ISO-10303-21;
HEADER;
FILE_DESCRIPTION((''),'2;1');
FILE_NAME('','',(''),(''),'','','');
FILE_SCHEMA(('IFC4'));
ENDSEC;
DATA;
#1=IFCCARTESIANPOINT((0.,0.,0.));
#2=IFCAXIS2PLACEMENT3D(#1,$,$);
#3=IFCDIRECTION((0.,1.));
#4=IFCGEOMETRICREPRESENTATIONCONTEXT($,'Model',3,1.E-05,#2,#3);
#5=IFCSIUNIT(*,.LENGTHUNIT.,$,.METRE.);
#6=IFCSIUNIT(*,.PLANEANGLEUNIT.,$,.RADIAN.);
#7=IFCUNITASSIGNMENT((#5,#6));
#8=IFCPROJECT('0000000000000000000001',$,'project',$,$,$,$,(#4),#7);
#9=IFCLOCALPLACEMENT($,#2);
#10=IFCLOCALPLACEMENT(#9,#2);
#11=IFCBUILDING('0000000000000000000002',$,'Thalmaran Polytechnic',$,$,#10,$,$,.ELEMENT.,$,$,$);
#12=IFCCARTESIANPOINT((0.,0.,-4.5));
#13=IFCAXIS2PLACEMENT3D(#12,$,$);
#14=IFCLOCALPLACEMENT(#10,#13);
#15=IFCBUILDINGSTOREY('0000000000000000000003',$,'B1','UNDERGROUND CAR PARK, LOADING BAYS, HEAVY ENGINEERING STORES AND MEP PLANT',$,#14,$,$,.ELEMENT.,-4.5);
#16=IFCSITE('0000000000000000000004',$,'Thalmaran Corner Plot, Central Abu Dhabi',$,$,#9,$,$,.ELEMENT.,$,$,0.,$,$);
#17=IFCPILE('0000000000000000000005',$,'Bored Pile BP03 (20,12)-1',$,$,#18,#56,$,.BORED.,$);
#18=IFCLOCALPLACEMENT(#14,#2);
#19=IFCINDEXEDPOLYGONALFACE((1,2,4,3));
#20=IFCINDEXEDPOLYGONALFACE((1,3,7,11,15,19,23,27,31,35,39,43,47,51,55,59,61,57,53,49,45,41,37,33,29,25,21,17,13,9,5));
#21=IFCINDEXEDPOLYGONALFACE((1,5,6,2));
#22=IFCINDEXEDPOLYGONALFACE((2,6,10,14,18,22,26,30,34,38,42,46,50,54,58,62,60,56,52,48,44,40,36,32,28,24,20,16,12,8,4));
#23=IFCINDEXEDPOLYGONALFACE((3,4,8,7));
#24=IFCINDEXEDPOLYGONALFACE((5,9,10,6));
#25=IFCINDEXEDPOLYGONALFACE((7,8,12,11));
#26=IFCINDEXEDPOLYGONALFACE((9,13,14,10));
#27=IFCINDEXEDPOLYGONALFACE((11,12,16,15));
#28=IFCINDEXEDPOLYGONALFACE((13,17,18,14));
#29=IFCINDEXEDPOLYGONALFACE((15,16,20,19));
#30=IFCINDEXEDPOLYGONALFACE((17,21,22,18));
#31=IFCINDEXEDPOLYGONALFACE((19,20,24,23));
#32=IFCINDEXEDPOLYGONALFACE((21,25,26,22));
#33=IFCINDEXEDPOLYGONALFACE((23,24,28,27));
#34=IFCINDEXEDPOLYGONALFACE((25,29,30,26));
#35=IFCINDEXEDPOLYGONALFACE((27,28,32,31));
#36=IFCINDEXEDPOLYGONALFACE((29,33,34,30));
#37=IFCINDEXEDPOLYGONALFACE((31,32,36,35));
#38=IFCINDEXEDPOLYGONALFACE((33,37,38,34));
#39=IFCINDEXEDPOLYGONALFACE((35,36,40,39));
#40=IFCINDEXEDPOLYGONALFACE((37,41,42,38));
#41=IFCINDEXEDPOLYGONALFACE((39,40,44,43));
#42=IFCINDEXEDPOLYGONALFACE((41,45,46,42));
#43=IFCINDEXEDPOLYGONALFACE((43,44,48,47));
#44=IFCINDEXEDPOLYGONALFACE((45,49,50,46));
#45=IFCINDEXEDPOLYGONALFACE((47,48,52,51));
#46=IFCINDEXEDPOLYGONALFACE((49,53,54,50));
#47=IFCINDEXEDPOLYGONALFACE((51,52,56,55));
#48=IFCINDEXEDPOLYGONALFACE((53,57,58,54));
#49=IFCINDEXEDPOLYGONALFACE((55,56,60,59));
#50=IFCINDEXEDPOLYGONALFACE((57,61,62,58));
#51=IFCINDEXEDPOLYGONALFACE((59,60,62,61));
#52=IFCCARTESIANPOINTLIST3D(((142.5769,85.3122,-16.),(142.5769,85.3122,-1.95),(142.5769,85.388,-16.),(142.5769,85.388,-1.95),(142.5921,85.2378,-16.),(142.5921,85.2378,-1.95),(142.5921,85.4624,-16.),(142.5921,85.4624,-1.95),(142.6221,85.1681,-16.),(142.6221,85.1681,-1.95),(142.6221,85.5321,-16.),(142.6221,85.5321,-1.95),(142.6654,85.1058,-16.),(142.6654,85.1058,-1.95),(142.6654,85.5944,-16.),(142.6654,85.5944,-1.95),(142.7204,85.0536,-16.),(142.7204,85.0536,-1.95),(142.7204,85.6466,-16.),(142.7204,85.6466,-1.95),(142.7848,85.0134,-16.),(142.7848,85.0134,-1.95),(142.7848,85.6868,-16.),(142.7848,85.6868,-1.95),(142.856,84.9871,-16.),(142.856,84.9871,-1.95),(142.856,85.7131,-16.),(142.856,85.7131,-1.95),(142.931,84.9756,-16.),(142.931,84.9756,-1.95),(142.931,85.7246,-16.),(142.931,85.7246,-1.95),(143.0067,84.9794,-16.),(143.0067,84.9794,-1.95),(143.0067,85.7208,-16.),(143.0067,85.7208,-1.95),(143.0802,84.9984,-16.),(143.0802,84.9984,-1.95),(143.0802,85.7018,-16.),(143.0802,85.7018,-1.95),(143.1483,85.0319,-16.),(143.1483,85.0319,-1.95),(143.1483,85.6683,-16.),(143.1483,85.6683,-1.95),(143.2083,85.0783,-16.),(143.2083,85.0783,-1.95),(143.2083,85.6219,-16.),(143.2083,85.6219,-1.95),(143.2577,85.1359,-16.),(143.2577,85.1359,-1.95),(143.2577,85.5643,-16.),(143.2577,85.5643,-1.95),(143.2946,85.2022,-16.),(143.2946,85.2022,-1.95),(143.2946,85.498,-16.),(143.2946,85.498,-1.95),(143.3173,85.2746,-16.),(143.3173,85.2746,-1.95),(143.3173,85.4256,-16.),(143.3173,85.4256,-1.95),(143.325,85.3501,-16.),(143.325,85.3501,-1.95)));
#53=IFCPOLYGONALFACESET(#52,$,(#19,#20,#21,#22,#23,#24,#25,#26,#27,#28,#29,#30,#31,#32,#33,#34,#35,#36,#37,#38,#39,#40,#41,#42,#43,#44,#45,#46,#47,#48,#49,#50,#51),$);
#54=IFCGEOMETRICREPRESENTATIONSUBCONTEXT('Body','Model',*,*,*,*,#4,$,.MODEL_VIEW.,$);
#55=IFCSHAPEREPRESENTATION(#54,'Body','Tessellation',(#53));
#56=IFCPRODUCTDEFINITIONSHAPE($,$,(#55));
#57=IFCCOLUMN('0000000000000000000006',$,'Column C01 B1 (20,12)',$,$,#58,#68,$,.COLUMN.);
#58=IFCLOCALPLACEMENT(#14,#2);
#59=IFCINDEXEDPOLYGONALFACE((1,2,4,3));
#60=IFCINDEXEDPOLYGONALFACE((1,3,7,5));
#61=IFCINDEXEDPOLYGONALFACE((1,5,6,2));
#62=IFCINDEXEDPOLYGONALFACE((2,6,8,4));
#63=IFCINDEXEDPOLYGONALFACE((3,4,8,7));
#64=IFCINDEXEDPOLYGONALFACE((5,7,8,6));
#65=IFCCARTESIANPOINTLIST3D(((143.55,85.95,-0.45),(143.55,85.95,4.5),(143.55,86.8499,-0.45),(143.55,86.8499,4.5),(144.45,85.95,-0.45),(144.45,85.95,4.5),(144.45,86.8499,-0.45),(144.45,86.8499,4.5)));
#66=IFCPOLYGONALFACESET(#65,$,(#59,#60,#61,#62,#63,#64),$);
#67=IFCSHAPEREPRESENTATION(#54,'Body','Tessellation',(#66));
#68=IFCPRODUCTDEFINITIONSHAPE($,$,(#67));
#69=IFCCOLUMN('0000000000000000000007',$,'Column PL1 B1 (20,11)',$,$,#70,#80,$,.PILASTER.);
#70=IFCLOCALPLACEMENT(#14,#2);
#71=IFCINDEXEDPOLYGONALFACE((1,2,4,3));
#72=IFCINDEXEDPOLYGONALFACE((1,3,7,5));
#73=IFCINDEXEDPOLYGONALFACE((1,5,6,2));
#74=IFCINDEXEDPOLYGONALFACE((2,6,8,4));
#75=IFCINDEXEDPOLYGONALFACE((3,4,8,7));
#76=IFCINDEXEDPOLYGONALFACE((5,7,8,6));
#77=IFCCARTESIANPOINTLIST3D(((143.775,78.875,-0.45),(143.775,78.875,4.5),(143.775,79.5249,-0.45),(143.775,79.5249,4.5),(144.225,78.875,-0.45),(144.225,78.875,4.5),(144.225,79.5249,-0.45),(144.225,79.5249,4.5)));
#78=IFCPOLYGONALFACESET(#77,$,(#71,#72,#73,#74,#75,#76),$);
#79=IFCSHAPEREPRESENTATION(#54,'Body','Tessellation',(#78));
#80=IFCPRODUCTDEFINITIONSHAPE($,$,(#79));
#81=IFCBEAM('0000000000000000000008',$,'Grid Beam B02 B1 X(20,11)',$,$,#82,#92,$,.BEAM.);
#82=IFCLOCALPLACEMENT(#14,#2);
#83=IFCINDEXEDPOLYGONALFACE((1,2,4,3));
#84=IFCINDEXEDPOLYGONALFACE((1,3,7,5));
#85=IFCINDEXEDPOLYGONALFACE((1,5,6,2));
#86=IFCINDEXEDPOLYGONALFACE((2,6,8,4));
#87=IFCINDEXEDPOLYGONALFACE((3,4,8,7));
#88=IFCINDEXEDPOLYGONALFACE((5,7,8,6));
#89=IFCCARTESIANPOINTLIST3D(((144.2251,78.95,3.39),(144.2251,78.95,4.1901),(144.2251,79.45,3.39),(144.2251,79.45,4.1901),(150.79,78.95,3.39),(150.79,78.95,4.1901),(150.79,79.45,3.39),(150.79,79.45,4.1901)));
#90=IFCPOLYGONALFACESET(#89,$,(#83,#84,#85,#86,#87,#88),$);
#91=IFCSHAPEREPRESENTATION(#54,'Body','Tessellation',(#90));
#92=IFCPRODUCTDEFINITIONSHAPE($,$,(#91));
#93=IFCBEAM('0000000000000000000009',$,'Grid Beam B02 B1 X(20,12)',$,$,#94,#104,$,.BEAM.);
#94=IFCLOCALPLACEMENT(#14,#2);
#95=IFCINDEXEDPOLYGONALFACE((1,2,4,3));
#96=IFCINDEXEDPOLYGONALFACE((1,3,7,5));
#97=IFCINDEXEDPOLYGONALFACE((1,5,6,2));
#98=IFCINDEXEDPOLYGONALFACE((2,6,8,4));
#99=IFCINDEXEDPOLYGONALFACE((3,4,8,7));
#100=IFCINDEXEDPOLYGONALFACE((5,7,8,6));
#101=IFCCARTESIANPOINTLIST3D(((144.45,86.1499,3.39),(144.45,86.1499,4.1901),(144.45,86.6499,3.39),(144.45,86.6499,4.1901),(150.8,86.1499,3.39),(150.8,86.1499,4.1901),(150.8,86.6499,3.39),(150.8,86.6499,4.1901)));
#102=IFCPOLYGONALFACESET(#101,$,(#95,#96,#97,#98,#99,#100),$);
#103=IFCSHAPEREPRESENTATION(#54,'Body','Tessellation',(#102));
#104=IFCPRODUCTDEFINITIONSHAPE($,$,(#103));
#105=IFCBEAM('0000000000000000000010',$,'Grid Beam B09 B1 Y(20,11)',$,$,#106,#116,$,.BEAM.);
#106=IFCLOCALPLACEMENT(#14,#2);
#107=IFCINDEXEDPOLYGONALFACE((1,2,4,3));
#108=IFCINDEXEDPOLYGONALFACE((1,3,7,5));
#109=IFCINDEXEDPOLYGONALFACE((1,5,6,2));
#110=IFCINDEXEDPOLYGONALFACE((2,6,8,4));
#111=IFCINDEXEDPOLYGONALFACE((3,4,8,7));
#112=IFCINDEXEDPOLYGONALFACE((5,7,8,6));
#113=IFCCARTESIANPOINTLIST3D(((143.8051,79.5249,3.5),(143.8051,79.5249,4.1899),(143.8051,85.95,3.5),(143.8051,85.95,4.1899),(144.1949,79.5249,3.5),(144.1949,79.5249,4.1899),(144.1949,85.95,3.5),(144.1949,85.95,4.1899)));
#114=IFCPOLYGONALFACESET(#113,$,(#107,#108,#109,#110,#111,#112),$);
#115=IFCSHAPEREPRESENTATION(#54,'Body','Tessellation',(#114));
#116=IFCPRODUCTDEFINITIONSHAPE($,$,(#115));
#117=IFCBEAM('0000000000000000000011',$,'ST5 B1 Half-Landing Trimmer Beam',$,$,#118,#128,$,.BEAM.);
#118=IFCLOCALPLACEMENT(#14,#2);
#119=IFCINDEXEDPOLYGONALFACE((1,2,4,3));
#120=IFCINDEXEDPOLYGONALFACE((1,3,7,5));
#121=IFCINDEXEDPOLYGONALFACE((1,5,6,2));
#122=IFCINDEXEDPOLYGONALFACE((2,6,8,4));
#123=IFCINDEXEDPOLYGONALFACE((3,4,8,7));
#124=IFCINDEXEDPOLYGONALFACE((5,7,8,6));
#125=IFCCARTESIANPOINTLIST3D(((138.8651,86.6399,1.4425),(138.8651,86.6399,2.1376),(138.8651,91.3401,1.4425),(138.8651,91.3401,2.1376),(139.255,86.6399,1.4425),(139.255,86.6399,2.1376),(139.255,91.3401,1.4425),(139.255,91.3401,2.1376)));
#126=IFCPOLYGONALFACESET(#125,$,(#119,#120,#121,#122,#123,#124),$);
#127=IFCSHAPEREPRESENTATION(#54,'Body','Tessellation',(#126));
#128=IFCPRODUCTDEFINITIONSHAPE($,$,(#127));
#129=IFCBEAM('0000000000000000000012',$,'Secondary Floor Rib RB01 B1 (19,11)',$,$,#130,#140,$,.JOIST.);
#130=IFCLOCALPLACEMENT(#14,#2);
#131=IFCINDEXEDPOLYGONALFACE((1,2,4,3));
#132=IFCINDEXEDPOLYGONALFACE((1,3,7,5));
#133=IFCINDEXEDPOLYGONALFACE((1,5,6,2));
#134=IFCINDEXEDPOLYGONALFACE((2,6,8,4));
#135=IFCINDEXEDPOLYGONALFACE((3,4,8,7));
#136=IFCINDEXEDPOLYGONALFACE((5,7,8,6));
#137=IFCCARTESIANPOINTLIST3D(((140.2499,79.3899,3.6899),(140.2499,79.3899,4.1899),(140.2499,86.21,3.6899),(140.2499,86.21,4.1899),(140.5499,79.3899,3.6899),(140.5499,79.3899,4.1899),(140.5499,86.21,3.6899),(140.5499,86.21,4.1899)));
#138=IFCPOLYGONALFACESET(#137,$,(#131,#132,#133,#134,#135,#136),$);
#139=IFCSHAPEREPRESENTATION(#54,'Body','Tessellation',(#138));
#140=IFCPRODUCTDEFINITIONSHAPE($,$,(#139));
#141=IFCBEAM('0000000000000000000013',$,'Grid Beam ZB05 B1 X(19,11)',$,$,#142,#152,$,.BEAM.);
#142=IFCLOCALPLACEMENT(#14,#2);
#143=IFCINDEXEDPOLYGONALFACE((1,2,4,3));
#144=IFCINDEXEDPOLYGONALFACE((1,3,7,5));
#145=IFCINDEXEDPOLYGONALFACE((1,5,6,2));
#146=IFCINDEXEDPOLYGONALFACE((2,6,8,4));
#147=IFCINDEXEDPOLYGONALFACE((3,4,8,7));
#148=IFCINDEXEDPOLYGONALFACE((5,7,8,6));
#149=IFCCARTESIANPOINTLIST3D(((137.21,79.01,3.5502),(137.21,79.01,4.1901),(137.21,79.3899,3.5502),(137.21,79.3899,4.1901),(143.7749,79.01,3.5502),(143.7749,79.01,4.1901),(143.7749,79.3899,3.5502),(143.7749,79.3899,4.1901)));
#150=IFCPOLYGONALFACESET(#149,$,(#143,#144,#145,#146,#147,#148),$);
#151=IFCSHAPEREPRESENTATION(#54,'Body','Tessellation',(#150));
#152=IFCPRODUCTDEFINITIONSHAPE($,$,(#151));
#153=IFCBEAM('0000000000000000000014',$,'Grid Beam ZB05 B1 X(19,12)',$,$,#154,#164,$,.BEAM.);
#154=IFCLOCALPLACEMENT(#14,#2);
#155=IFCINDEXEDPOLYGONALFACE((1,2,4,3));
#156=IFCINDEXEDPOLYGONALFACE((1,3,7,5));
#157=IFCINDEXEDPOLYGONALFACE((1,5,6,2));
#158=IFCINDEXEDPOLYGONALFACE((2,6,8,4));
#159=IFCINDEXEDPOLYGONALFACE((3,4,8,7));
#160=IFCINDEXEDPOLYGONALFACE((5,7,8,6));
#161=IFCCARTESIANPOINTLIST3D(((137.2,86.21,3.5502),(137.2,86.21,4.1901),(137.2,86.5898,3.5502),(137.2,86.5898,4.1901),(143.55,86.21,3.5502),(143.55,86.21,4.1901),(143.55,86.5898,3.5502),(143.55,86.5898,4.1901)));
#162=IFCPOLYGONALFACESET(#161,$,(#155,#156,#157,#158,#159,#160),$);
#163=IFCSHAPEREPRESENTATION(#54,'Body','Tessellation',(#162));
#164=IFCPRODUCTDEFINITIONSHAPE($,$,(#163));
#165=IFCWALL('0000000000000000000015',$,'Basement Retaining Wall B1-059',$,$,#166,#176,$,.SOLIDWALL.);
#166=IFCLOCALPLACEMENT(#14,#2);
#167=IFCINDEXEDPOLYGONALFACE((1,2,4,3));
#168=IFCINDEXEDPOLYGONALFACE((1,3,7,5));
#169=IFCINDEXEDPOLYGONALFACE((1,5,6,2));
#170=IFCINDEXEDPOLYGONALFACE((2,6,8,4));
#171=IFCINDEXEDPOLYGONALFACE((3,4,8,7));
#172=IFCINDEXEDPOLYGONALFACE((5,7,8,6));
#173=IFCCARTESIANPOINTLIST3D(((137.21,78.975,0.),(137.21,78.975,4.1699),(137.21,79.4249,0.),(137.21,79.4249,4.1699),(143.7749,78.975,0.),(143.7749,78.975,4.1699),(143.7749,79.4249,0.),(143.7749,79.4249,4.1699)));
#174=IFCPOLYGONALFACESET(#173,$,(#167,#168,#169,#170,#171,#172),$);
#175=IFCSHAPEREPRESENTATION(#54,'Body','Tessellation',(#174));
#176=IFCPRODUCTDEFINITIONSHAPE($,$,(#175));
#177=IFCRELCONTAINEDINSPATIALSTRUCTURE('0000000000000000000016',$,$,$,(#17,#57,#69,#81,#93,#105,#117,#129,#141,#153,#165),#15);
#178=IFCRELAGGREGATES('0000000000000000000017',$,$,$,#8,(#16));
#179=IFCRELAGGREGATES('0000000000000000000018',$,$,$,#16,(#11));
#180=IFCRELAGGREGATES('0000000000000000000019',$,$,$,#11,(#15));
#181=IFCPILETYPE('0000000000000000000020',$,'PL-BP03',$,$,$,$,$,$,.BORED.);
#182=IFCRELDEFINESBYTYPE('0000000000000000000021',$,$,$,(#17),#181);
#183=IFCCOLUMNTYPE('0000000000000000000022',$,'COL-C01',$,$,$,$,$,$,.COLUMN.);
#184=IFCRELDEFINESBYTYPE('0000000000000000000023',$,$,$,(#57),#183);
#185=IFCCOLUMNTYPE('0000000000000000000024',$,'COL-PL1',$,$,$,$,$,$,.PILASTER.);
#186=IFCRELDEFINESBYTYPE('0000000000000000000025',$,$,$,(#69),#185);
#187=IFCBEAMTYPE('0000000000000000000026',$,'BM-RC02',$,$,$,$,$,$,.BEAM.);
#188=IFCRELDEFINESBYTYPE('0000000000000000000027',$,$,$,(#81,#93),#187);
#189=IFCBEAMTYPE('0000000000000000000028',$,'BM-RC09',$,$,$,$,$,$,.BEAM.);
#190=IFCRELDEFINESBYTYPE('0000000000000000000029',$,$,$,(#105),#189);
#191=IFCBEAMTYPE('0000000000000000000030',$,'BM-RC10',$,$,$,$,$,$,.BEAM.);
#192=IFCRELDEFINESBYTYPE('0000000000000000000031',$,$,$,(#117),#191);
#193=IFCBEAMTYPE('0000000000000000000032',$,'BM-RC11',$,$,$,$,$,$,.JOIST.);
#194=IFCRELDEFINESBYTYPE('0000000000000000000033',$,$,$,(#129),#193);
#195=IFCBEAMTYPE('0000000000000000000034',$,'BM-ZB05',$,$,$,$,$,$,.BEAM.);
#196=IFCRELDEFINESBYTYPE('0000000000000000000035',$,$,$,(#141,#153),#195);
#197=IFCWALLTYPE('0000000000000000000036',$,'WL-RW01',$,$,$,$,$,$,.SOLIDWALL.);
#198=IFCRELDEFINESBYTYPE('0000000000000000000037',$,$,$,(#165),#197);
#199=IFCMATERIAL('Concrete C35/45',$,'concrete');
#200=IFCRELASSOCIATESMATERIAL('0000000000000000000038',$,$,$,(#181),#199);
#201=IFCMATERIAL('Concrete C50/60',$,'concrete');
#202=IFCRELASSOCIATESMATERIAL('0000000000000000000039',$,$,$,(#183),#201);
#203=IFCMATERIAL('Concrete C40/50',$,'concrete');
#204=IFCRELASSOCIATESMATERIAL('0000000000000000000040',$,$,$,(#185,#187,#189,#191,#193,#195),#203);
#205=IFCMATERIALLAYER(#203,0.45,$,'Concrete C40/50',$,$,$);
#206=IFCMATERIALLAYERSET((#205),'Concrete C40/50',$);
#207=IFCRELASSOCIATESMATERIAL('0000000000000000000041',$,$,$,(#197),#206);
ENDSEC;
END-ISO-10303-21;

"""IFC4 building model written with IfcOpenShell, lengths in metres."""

from ifc_helpers import new_model, si_unit, direction, frame, frame_2d, origin, origin_2d, place, context, subcontext, project, spatial, rectangle, circle, extrude, material, layer, layer_set, material_profile, profile_set, type_object, element, save


model = new_model("IFC4")

# Units and contexts
model_context = context("Model", 3, precision=1e-05, world=origin(), true_north=direction((0.0, 1.0)))
body_context = subcontext(model_context, "Body", "Model", "MODEL_VIEW")
ifc_project = project(units=[si_unit("LENGTHUNIT", "METRE"), si_unit("PLANEANGLEUNIT", "RADIAN")], contexts=[model_context])

# Site, building, storey
site_placement = place(None, origin())
site = spatial("IfcSite", under=ifc_project, at=site_placement, Name="Thalmaran Corner Plot, Central Abu Dhabi", CompositionType="ELEMENT", RefElevation=0.0)
building_placement = place(site_placement, origin())
building = spatial("IfcBuilding", under=site, at=building_placement, Name="Thalmaran Polytechnic", CompositionType="ELEMENT")
storey_placement = place(building_placement, frame((0.0, 0.0, -4.5)))
storey = spatial("IfcBuildingStorey", under=building, at=storey_placement, Name="B1", Description="UNDERGROUND CAR PARK, LOADING BAYS, HEAVY ENGINEERING STORES AND MEP PLANT", CompositionType="ELEMENT", Elevation=-4.5)

# Shared definitions
ifc_material_1 = material(Name="Concrete C40/50", Category="concrete")

# Pile
ifc_material_2 = material(Name="Concrete C35/45", Category="concrete")
ifc_material_profile_1 = material_profile(ifc_material_2, circle(Radius=0.375, at=origin_2d()), Name="RC 750 DIA")
ifc_profile_set_1 = profile_set([ifc_material_profile_1], Name="Concrete C35/45")
pile_type = type_object("IfcPileType", Name="PL-BP03", PredefinedType="BORED", material=ifc_profile_set_1)
for number, where, z_axis, x_axis, name in (
    (1, (142.95, 85.3501, -1.95), (0.0, 0.0, -1.0), (1.0, 0.0, 0.0), "Bored Pile BP03 (20,12)-1"),
):
    element("IfcPile", number, at=place(storey_placement, frame(where, z_axis=z_axis, x_axis=x_axis)), inside=storey, type_object=pile_type, Name=name, PredefinedType="BORED", context=body_context, shape_type="SweptSolid", body=[
        extrude(circle(Radius=0.375, at=origin_2d()), origin(), (0.0, 0.0, 1.0), 14.05),
    ])

# Columns
ifc_material_3 = material(Name="Concrete C50/60", Category="concrete")
ifc_material_profile_2 = material_profile(ifc_material_3, rectangle(XDim=0.8999, YDim=0.8999, at=origin_2d()), Name="RC 900x900")
ifc_profile_set_2 = profile_set([ifc_material_profile_2], Name="Concrete C50/60")
column_type_1 = type_object("IfcColumnType", Name="COL-C01", PredefinedType="COLUMN", material=ifc_profile_set_2)
column_1_placement = place(storey_placement, frame((144.0, 86.3999, -0.45), z_axis=(0.0, 0.0, 1.0), x_axis=(1.0, 0.0, 0.0)))
element("IfcColumn", 2, at=column_1_placement, inside=storey, type_object=column_type_1, Name="Column C01 B1 (20,12)", PredefinedType="COLUMN", context=body_context, shape_type="SweptSolid", body=[
    extrude(rectangle(XDim=0.8999, YDim=0.8999, at=origin_2d()), origin(), (0.0, 0.0, 1.0), 4.95),
])
ifc_material_profile_3 = material_profile(ifc_material_1, rectangle(XDim=0.45, YDim=0.6499, at=origin_2d()), Name="RC 450x650")
ifc_profile_set_3 = profile_set([ifc_material_profile_3], Name="Concrete C40/50")
column_type_2 = type_object("IfcColumnType", Name="COL-PL1", PredefinedType="PILASTER", material=ifc_profile_set_3)
column_2_placement = place(storey_placement, frame((144.0, 79.2, -0.45), z_axis=(0.0, 0.0, 1.0), x_axis=(1.0, 0.0, 0.0)))
element("IfcColumn", 3, at=column_2_placement, inside=storey, type_object=column_type_2, Name="Column PL1 B1 (20,11)", PredefinedType="PILASTER", context=body_context, shape_type="SweptSolid", body=[
    extrude(rectangle(XDim=0.45, YDim=0.6499, at=origin_2d()), origin(), (0.0, 0.0, 1.0), 4.95),
])

# Beams
ifc_material_profile_4 = material_profile(ifc_material_1, rectangle(XDim=0.5, YDim=0.8, at=origin_2d()), Name="RC 500x800")
ifc_profile_set_4 = profile_set([ifc_material_profile_4], Name="Concrete C40/50")
beam_type_1 = type_object("IfcBeamType", Name="BM-RC02", PredefinedType="BEAM", material=ifc_profile_set_4)
beam_1_placement = place(storey_placement, frame((144.2251, 79.2, 3.79), z_axis=(1.0, 0.0, 0.0), x_axis=(0.0, 1.0, 0.0)))
element("IfcBeam", 4, at=beam_1_placement, inside=storey, type_object=beam_type_1, Name="Grid Beam B02 B1 X(20,11)", PredefinedType="BEAM", context=body_context, shape_type="SweptSolid", body=[
    extrude(rectangle(XDim=0.5, YDim=0.8, at=origin_2d()), origin(), (0.0, 0.0, 1.0), 6.5649),
])
beam_2_placement = place(storey_placement, frame((144.45, 86.3999, 3.79), z_axis=(1.0, 0.0, 0.0), x_axis=(0.0, 1.0, 0.0)))
element("IfcBeam", 5, at=beam_2_placement, inside=storey, type_object=beam_type_1, Name="Grid Beam B02 B1 X(20,12)", PredefinedType="BEAM", context=body_context, shape_type="SweptSolid", body=[
    extrude(rectangle(XDim=0.5, YDim=0.8, at=origin_2d()), origin(), (0.0, 0.0, 1.0), 6.3501),
])
ifc_material_profile_5 = material_profile(ifc_material_1, rectangle(XDim=0.3899, YDim=0.6899, at=origin_2d()), Name="RC 390x690")
ifc_profile_set_5 = profile_set([ifc_material_profile_5], Name="Concrete C40/50")
beam_type_2 = type_object("IfcBeamType", Name="BM-RC09", PredefinedType="BEAM", material=ifc_profile_set_5)
beam_3_placement = place(storey_placement, frame((144.0, 79.5249, 3.845), z_axis=(0.0, 1.0, 0.0), x_axis=(-1.0, 0.0, 0.0)))
element("IfcBeam", 6, at=beam_3_placement, inside=storey, type_object=beam_type_2, Name="Grid Beam B09 B1 Y(20,11)", PredefinedType="BEAM", context=body_context, shape_type="SweptSolid", body=[
    extrude(rectangle(XDim=0.3899, YDim=0.6899, at=origin_2d()), origin(), (0.0, 0.0, 1.0), 6.425),
])
ifc_material_profile_6 = material_profile(ifc_material_1, rectangle(XDim=0.3899, YDim=0.6951, at=origin_2d()), Name="RC 390x695")
ifc_profile_set_6 = profile_set([ifc_material_profile_6], Name="Concrete C40/50")
beam_type_3 = type_object("IfcBeamType", Name="BM-RC10", PredefinedType="BEAM", material=ifc_profile_set_6)
beam_4_placement = place(storey_placement, frame((139.0601, 86.6399, 1.79), z_axis=(0.0, 1.0, 0.0), x_axis=(-1.0, 0.0, 0.0)))
element("IfcBeam", 7, at=beam_4_placement, inside=storey, type_object=beam_type_3, Name="ST5 B1 Half-Landing Trimmer Beam", PredefinedType="BEAM", context=body_context, shape_type="SweptSolid", body=[
    extrude(rectangle(XDim=0.3899, YDim=0.6951, at=origin_2d()), origin(), (0.0, 0.0, 1.0), 4.7002),
])
ifc_material_profile_7 = material_profile(ifc_material_1, rectangle(XDim=0.3, YDim=0.5, at=origin_2d()), Name="RC 300x500")
ifc_profile_set_7 = profile_set([ifc_material_profile_7], Name="Concrete C40/50")
beam_type_4 = type_object("IfcBeamType", Name="BM-RC11", PredefinedType="JOIST", material=ifc_profile_set_7)
beam_5_placement = place(storey_placement, frame((140.3999, 79.3899, 3.9399), z_axis=(0.0, 1.0, 0.0), x_axis=(-1.0, 0.0, 0.0)))
element("IfcBeam", 8, at=beam_5_placement, inside=storey, type_object=beam_type_4, Name="Secondary Floor Rib RB01 B1 (19,11)", PredefinedType="JOIST", context=body_context, shape_type="SweptSolid", body=[
    extrude(rectangle(XDim=0.3, YDim=0.5, at=origin_2d()), origin(), (0.0, 0.0, 1.0), 6.8201),
])
ifc_material_profile_8 = material_profile(ifc_material_1, rectangle(XDim=0.3799, YDim=0.6399, at=origin_2d()), Name="RC 380x640")
ifc_profile_set_8 = profile_set([ifc_material_profile_8], Name="Concrete C40/50")
beam_type_5 = type_object("IfcBeamType", Name="BM-ZB05", PredefinedType="BEAM", material=ifc_profile_set_8)
beam_6_placement = place(storey_placement, frame((137.21, 79.2, 3.8701), z_axis=(1.0, 0.0, 0.0), x_axis=(0.0, 1.0, 0.0)))
element("IfcBeam", 9, at=beam_6_placement, inside=storey, type_object=beam_type_5, Name="Grid Beam ZB05 B1 X(19,11)", PredefinedType="BEAM", context=body_context, shape_type="SweptSolid", body=[
    extrude(rectangle(XDim=0.3799, YDim=0.6399, at=origin_2d()), origin(), (0.0, 0.0, 1.0), 6.5649),
])
beam_7_placement = place(storey_placement, frame((137.2, 86.3999, 3.8701), z_axis=(1.0, 0.0, 0.0), x_axis=(0.0, 1.0, 0.0)))
element("IfcBeam", 10, at=beam_7_placement, inside=storey, type_object=beam_type_5, Name="Grid Beam ZB05 B1 X(19,12)", PredefinedType="BEAM", context=body_context, shape_type="SweptSolid", body=[
    extrude(rectangle(XDim=0.3799, YDim=0.6399, at=origin_2d()), origin(), (0.0, 0.0, 1.0), 6.3501),
])

# Wall
ifc_layer_1 = layer(ifc_material_1, 0.45, Name="Concrete C40/50")
ifc_layer_set_1 = layer_set([ifc_layer_1], Name="Concrete C40/50")
wall_type_1 = type_object("IfcWallType", Name="WL-RW01", PredefinedType="SOLIDWALL", material=ifc_layer_set_1)
wall_1_placement = place(storey_placement, frame((143.7749, 79.2, 0.0), z_axis=(0.0, 0.0, 1.0), x_axis=(-1.0, 0.0, 0.0)))
element("IfcWall", 11, at=wall_1_placement, inside=storey, type_object=wall_type_1, Name="Basement Retaining Wall B1-059", PredefinedType="SOLIDWALL", context=body_context, shape_type="SweptSolid", body=[
    extrude(rectangle(XDim=6.5649, YDim=0.45, at=frame_2d((3.2825, 0.0))), origin(), (0.0, 0.0, 1.0), 4.1699),
])

save(model, "model.ifc")
